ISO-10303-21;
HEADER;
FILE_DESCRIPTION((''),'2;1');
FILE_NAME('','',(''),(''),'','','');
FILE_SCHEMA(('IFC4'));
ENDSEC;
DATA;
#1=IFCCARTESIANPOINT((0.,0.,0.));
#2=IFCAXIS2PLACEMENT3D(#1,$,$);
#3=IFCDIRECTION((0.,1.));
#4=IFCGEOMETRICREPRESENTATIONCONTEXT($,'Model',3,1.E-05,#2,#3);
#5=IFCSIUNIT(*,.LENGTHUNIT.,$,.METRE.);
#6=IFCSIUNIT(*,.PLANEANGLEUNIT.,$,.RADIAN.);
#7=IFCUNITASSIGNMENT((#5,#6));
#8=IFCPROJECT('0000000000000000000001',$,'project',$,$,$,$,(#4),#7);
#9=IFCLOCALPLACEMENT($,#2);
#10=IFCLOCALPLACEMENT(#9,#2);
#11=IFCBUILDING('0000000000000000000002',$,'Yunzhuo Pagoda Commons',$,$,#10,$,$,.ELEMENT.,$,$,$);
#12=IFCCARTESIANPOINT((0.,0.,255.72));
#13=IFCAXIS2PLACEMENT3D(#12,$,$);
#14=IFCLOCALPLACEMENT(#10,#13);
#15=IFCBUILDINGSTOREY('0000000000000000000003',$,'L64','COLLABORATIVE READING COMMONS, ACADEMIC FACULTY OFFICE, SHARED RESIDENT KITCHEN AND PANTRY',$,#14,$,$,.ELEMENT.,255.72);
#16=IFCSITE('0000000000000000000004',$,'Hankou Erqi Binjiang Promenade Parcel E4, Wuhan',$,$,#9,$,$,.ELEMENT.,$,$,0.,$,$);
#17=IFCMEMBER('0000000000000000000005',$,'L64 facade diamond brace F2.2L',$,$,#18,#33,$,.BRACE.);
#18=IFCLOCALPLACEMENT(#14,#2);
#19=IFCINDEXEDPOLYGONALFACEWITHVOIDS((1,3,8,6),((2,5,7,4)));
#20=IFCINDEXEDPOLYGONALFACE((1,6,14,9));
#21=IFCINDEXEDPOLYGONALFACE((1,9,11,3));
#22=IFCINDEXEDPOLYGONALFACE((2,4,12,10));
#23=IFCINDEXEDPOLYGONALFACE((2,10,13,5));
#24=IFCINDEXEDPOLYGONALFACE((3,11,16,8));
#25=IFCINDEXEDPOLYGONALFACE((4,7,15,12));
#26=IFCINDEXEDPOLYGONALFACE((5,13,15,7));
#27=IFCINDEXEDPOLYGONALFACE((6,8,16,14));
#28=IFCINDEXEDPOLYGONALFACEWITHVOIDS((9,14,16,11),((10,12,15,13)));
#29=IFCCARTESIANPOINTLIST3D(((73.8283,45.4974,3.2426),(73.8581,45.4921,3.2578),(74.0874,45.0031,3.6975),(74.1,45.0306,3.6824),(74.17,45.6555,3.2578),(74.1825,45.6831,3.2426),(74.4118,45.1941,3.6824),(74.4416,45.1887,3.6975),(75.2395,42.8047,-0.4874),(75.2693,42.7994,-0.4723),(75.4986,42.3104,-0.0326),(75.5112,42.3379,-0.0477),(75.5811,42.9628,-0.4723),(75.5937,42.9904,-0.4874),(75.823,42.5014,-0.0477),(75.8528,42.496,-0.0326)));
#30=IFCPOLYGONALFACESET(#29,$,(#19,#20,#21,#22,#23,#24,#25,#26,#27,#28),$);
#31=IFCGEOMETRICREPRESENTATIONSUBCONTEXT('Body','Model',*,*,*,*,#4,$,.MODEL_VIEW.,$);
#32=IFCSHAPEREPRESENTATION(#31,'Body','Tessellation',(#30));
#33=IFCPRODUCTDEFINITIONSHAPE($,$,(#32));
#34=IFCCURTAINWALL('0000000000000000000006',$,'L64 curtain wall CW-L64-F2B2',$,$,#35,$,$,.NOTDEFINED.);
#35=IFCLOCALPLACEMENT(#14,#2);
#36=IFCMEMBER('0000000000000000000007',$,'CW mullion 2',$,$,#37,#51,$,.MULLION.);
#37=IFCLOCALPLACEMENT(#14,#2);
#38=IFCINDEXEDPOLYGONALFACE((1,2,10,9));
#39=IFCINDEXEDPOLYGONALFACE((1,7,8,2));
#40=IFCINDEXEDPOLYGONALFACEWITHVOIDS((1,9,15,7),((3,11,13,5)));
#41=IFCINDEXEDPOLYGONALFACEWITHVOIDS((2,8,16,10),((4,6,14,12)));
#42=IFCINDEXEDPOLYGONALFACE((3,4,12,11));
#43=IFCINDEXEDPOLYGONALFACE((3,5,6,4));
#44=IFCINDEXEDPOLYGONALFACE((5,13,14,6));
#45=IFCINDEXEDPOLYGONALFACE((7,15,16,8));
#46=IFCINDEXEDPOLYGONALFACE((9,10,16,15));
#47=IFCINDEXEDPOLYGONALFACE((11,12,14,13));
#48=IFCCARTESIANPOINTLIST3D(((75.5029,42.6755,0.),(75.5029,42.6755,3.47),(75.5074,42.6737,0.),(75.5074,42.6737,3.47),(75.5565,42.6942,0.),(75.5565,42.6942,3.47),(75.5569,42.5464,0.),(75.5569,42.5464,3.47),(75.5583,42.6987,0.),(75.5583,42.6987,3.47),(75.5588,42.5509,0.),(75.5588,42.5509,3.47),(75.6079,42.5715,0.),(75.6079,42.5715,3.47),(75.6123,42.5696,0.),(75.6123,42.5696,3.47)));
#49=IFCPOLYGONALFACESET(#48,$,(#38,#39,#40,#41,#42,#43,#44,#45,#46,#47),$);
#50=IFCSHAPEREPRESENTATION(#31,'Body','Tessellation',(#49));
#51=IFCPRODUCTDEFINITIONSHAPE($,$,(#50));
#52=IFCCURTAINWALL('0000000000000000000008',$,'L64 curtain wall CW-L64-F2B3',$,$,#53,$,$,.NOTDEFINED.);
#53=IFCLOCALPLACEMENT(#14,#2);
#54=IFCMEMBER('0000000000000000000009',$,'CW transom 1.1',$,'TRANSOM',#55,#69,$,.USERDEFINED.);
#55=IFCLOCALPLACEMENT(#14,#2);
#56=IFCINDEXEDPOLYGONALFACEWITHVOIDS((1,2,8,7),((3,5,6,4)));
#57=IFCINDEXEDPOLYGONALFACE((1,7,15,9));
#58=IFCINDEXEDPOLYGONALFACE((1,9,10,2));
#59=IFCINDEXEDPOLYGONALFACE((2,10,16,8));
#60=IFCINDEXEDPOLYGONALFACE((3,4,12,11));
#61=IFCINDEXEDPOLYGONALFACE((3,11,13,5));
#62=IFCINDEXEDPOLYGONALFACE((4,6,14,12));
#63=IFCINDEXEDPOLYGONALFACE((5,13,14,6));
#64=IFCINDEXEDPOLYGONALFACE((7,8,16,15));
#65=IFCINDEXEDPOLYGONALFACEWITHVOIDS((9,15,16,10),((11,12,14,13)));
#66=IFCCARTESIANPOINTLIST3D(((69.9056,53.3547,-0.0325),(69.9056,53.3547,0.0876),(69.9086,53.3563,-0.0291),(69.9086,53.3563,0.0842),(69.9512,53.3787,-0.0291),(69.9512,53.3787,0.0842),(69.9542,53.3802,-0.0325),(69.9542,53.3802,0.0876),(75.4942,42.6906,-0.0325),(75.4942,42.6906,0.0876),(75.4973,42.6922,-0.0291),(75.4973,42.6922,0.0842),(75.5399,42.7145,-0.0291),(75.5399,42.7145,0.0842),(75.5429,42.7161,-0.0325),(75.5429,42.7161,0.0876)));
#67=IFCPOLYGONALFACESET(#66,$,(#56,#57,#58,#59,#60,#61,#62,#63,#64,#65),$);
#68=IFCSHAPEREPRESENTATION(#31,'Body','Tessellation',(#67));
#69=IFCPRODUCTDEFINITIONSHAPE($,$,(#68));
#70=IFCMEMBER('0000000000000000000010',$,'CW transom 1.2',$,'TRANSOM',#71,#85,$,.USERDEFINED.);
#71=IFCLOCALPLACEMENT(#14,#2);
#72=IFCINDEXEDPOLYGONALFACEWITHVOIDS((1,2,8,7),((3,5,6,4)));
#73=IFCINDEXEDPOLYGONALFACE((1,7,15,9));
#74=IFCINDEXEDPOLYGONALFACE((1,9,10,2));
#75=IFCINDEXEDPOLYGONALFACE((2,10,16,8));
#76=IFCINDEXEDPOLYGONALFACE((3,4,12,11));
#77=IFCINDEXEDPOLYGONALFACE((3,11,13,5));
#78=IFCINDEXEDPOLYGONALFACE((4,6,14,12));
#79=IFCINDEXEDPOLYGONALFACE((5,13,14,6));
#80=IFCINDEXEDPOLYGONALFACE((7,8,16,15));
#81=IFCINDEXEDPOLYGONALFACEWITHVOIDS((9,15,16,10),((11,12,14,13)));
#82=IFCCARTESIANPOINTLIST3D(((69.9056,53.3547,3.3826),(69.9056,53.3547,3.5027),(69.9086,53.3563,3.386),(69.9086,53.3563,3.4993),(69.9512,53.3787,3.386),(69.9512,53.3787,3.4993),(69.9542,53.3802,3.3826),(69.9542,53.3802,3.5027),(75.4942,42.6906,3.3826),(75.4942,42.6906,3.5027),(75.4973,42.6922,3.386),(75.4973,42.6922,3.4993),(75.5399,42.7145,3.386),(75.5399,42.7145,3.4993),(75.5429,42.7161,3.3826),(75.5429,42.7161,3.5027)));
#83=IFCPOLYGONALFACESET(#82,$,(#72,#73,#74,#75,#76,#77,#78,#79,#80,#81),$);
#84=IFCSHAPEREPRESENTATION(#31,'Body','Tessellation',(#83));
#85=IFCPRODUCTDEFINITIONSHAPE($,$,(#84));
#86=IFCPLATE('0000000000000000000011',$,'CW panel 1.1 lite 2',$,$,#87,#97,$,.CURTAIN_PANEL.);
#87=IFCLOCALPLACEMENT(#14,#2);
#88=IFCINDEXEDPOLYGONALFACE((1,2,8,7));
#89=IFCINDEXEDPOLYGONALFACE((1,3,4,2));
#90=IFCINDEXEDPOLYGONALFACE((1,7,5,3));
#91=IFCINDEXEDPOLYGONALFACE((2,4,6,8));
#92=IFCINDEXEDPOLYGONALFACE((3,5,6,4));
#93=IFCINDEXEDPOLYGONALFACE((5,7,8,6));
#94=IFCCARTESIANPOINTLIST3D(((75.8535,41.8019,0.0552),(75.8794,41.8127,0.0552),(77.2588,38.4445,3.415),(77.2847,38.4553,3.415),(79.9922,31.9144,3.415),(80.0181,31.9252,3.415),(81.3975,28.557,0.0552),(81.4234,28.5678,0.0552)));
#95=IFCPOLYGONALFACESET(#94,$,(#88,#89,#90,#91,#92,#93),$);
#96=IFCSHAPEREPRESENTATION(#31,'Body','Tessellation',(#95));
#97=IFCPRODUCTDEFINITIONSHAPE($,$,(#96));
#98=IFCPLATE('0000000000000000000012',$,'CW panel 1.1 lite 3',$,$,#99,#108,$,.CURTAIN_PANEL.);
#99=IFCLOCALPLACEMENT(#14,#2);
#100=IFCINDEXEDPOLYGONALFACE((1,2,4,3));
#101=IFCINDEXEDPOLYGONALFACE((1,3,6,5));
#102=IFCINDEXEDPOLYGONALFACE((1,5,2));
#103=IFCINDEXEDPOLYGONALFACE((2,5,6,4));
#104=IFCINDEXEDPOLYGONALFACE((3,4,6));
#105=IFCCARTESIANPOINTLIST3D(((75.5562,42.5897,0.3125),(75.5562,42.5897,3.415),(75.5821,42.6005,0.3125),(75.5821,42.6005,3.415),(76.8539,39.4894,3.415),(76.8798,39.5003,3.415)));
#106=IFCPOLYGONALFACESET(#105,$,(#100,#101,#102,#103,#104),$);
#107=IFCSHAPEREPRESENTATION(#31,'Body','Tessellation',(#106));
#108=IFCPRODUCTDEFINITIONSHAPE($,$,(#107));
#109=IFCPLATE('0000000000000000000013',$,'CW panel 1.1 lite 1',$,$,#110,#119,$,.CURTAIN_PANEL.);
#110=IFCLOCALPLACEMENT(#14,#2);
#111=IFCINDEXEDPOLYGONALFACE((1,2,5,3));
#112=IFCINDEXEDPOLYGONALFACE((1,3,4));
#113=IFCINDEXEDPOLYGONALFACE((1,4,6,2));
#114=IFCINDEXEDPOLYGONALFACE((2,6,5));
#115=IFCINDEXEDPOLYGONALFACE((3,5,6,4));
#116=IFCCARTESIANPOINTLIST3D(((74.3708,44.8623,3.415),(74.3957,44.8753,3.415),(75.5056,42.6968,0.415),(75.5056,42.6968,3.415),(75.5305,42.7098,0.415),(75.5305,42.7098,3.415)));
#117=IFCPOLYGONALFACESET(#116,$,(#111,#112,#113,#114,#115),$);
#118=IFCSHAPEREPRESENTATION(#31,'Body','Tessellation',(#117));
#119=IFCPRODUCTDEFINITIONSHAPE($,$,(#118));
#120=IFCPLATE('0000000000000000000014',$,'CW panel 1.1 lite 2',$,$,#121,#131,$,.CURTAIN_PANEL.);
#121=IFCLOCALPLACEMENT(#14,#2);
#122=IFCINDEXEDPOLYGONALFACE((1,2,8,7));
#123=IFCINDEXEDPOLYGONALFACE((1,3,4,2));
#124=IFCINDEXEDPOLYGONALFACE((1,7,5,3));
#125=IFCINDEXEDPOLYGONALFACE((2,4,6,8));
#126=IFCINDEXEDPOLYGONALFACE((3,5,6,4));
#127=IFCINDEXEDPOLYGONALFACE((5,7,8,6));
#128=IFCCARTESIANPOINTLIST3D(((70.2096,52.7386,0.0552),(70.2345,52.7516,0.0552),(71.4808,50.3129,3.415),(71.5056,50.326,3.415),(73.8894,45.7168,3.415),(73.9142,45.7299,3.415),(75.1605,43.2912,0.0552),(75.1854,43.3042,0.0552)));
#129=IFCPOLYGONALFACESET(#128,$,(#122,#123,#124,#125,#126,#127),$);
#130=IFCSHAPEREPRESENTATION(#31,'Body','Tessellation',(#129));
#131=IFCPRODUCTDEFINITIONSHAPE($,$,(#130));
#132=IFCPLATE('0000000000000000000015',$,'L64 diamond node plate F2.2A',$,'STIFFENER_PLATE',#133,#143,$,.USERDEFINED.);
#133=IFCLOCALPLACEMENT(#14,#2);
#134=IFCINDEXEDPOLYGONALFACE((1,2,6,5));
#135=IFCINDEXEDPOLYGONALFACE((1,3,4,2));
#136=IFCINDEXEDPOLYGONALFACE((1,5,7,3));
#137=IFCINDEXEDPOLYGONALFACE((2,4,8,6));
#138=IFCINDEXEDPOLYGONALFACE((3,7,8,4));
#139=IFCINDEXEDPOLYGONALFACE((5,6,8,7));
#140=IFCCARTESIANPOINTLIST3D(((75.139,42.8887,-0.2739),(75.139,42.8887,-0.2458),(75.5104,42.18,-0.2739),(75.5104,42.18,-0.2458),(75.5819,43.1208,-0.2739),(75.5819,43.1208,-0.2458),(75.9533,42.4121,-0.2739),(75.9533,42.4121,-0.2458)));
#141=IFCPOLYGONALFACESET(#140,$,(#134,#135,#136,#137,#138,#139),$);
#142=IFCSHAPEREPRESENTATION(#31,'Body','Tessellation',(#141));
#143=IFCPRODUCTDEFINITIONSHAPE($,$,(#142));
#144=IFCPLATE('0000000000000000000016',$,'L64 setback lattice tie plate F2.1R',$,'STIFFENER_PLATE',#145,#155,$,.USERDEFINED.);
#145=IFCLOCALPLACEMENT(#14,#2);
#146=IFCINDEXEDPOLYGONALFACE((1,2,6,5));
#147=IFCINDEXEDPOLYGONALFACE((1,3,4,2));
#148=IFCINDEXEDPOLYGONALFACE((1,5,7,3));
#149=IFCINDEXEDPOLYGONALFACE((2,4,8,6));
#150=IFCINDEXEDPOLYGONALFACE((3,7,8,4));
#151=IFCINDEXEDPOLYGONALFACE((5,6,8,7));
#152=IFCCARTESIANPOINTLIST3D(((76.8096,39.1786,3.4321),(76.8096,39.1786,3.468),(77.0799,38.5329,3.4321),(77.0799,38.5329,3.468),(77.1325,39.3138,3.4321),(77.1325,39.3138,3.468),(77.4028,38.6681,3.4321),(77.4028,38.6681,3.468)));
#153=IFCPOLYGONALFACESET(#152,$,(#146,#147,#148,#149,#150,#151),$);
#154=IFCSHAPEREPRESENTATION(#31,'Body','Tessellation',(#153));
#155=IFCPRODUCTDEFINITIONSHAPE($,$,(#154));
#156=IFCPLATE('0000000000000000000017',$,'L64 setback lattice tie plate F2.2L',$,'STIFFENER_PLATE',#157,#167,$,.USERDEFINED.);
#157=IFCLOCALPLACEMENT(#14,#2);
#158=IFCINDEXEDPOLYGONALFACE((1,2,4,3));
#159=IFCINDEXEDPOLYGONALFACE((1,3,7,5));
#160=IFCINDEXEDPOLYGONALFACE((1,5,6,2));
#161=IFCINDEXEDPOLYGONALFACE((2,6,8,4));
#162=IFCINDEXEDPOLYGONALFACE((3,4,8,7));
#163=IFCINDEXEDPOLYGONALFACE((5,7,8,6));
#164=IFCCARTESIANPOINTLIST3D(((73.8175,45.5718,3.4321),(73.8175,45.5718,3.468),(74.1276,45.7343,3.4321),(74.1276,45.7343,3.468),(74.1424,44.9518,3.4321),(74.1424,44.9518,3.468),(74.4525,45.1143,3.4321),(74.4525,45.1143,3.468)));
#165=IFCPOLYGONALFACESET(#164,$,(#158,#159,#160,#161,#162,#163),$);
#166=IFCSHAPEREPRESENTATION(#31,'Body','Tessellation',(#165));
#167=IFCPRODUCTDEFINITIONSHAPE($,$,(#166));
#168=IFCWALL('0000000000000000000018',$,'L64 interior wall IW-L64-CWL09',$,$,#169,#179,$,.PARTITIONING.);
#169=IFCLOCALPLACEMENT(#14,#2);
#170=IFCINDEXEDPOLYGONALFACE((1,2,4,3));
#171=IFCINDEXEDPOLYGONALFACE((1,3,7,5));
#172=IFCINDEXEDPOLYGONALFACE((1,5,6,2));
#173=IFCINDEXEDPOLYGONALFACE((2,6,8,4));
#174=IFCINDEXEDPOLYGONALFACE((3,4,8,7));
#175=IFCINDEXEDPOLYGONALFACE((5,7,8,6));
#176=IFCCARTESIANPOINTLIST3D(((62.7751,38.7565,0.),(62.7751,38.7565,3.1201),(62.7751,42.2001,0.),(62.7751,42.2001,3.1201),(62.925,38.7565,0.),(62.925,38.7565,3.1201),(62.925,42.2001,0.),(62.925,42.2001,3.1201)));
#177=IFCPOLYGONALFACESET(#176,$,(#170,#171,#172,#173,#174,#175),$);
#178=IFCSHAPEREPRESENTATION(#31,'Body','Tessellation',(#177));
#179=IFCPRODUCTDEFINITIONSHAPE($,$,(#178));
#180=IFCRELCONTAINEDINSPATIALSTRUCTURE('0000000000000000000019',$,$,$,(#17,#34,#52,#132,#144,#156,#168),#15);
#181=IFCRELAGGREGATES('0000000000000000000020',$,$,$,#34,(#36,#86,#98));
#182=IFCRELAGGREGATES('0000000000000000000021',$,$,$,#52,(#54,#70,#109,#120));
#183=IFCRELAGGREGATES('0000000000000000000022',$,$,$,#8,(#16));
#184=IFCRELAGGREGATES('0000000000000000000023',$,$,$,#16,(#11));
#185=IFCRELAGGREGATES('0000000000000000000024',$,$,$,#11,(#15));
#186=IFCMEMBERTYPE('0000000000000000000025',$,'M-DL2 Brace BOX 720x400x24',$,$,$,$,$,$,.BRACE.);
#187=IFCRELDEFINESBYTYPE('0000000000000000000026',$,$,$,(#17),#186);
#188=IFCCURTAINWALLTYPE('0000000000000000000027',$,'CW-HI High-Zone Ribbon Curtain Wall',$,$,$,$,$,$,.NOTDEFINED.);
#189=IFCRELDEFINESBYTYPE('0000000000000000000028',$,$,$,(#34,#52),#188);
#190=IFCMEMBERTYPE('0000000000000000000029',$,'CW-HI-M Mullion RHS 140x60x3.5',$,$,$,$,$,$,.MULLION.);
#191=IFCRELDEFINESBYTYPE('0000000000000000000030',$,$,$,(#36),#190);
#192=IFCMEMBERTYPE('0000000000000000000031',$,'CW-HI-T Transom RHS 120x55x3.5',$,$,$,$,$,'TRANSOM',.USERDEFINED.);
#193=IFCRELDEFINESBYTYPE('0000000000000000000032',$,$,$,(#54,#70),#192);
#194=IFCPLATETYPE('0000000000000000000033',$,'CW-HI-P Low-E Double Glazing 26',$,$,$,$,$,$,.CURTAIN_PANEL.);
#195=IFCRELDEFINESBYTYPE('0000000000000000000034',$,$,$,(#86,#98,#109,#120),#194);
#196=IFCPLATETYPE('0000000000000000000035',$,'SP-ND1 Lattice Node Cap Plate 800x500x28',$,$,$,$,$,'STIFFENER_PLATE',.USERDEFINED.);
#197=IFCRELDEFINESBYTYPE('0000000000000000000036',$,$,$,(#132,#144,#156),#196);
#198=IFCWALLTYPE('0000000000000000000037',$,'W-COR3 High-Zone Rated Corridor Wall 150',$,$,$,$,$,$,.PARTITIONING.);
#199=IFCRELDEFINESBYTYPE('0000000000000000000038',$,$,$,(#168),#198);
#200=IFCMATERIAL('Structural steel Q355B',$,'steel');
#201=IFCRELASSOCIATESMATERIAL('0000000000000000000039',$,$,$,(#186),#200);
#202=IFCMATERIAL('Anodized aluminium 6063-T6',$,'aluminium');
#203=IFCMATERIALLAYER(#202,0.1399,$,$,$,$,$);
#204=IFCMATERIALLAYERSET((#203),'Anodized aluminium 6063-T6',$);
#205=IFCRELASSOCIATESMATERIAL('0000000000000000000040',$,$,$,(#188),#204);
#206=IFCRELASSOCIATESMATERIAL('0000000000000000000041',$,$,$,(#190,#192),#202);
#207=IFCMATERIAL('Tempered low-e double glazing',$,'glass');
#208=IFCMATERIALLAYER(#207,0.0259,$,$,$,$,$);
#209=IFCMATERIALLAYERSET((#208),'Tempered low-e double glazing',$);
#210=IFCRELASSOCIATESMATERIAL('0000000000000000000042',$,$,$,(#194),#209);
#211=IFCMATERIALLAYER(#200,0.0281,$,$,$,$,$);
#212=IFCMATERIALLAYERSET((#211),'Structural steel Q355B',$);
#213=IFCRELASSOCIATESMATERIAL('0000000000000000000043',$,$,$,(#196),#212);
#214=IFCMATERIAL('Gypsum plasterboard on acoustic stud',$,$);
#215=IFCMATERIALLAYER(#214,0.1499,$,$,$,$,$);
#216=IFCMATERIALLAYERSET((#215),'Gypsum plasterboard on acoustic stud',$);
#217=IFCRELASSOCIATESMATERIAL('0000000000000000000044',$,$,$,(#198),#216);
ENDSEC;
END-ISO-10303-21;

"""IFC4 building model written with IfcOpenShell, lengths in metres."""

from ifc_helpers import new_model, si_unit, direction, frame, frame_2d, origin, origin_2d, place, context, subcontext, project, spatial, polyline, rectangle, hollow_rectangle, outline, extrude, source, transform, mapped, material, layer, layer_set, material_profile, profile_set, type_object, element, aggregate, save


model = new_model("IFC4")

# Units and contexts
model_context = context("Model", 3, precision=1e-05, world=origin(), true_north=direction((0.0, 1.0)))
body_context = subcontext(model_context, "Body", "Model", "MODEL_VIEW")
ifc_project = project(units=[si_unit("LENGTHUNIT", "METRE"), si_unit("PLANEANGLEUNIT", "RADIAN")], contexts=[model_context])

# Site, building, storey
site_placement = place(None, origin())
site = spatial("IfcSite", under=ifc_project, at=site_placement, Name="Hankou Erqi Binjiang Promenade Parcel E4, Wuhan", CompositionType="ELEMENT", RefElevation=0.0)
building_placement = place(site_placement, origin())
building = spatial("IfcBuilding", under=site, at=building_placement, Name="Yunzhuo Pagoda Commons", CompositionType="ELEMENT")
storey_placement = place(building_placement, frame((0.0, 0.0, 255.72)))
storey = spatial("IfcBuildingStorey", under=building, at=storey_placement, Name="L64", Description="COLLABORATIVE READING COMMONS, ACADEMIC FACULTY OFFICE, SHARED RESIDENT KITCHEN AND PANTRY", CompositionType="ELEMENT", Elevation=255.72)

# Shared definitions
ifc_material_1 = material(Name="Structural steel Q355B", Category="steel")

# Member
ifc_material_profile_1 = material_profile(ifc_material_1, hollow_rectangle(XDim=0.3999, YDim=0.72, WallThickness=0.0239, at=origin_2d()), Name="Structural steel Q355B")
ifc_profile_set_1 = profile_set([ifc_material_profile_1], Name="Structural steel Q355B")
member_type_1 = type_object("IfcMemberType", Name="M-DL2 Brace BOX 720x400x24", PredefinedType="BRACE", material=ifc_profile_set_1)
shared_shape_1 = source(origin(), body_context, "Body", "SweptSolid", [
    extrude(hollow_rectangle(XDim=0.3999, YDim=0.72, WallThickness=0.0239, at=origin_2d()), origin(), (0.0, 0.0, 1.0), 4.812),
])
member_1_placement = place(storey_placement, frame((75.5461, 42.6504, -0.26), z_axis=(-0.29326, 0.559578, 0.775159), x_axis=(-0.885736, -0.46419, 0.0)))
element("IfcMember", 1, at=member_1_placement, inside=storey, type_object=member_type_1, Name="L64 facade diamond brace F2.2L", PredefinedType="BRACE", context=body_context, shape_type="MappedRepresentation", body=[
    mapped(shared_shape_1, transform((0.0, 0.0, 0.0), scale=1.0)),
])

# Curtain wall, member
ifc_material_2 = material(Name="Anodized aluminium 6063-T6", Category="aluminium")
ifc_layer_1 = layer(ifc_material_2, 0.1399)
ifc_layer_set_1 = layer_set([ifc_layer_1], Name="Anodized aluminium 6063-T6")
curtain_wall_type = type_object("IfcCurtainWallType", Name="CW-HI High-Zone Ribbon Curtain Wall", PredefinedType="NOTDEFINED", material=ifc_layer_set_1)
curtain_wall_1_placement = place(storey_placement, origin())
curtain_wall_1 = element("IfcCurtainWall", 2, at=curtain_wall_1_placement, inside=storey, type_object=curtain_wall_type, Name="L64 curtain wall CW-L64-F2B2", PredefinedType="NOTDEFINED")
ifc_material_profile_2 = material_profile(ifc_material_2, hollow_rectangle(XDim=0.0601, YDim=0.1399, WallThickness=0.0034, at=origin_2d()), Name="Anodized aluminium 6063-T6")
ifc_profile_set_2 = profile_set([ifc_material_profile_2], Name="Anodized aluminium 6063-T6")
member_type_2 = type_object("IfcMemberType", Name="CW-HI-M Mullion RHS 140x60x3.5", PredefinedType="MULLION", material=ifc_profile_set_2)
shared_shape_2 = source(origin(), body_context, "Body", "SweptSolid", [
    extrude(hollow_rectangle(XDim=0.0601, YDim=0.1399, WallThickness=0.0034, at=origin_2d()), origin(), (0.0, 0.0, 1.0), 3.47),
])
member_2_placement = place(storey_placement, frame((75.5576, 42.6226, 0.0), z_axis=(0.0, 0.0, 1.0), x_axis=(-0.922451, -0.386115, 0.0)))
member_2 = element("IfcMember", 3, at=member_2_placement, type_object=member_type_2, Name="CW mullion 2", PredefinedType="MULLION", context=body_context, shape_type="MappedRepresentation", body=[
    mapped(shared_shape_2, transform((0.0, 0.0, 0.0), scale=1.0)),
])

# Curtain wall, members
curtain_wall_2_placement = place(storey_placement, origin())
curtain_wall_2 = element("IfcCurtainWall", 4, at=curtain_wall_2_placement, inside=storey, type_object=curtain_wall_type, Name="L64 curtain wall CW-L64-F2B3", PredefinedType="NOTDEFINED")
ifc_material_profile_3 = material_profile(ifc_material_2, hollow_rectangle(XDim=0.0549, YDim=0.1201, WallThickness=0.0034, at=origin_2d()), Name="Anodized aluminium 6063-T6")
ifc_profile_set_3 = profile_set([ifc_material_profile_3], Name="Anodized aluminium 6063-T6")
member_type_3 = type_object("IfcMemberType", Name="CW-HI-T Transom RHS 120x55x3.5", ElementType="TRANSOM", PredefinedType="USERDEFINED", material=ifc_profile_set_3)
shared_shape_3 = source(origin(), body_context, "Body", "SweptSolid", [
    extrude(hollow_rectangle(XDim=0.0549, YDim=0.1201, WallThickness=0.0034, at=origin_2d()), origin(), (0.0, 0.0, 1.0), 12.0398),
])
member_3_placement = place(storey_placement, frame((75.5186, 42.7034, 0.0276), z_axis=(-0.464182, 0.88574, 0.0), x_axis=(-0.88574, -0.464182, 0.0)))
member_3 = element("IfcMember", 5, at=member_3_placement, type_object=member_type_3, Name="CW transom 1.1", ObjectType="TRANSOM", PredefinedType="USERDEFINED", context=body_context, shape_type="MappedRepresentation", body=[
    mapped(shared_shape_3, transform((0.0, 0.0, 0.0), scale=1.0)),
])
member_4_placement = place(storey_placement, frame((75.5186, 42.7034, 3.4426), z_axis=(-0.464182, 0.88574, 0.0), x_axis=(-0.88574, -0.464182, 0.0)))
member_4 = element("IfcMember", 6, at=member_4_placement, type_object=member_type_3, Name="CW transom 1.2", ObjectType="TRANSOM", PredefinedType="USERDEFINED", context=body_context, shape_type="MappedRepresentation", body=[
    mapped(shared_shape_3, transform((0.0, 0.0, 0.0), scale=1.0)),
])

# Plates
ifc_material_3 = material(Name="Tempered low-e double glazing", Category="glass")
ifc_layer_2 = layer(ifc_material_3, 0.0259)
ifc_layer_set_2 = layer_set([ifc_layer_2], Name="Tempered low-e double glazing")
plate_type_1 = type_object("IfcPlateType", Name="CW-HI-P Low-E Double Glazing 26", PredefinedType="CURTAIN_PANEL", material=ifc_layer_set_2)
plate_1_placement = place(storey_placement, frame((78.6255, 35.1794, 1.7351), z_axis=(0.922451, 0.386115, 0.0), x_axis=(-0.386115, 0.922451, 0.0)))
plate_1 = element("IfcPlate", 7, at=plate_1_placement, type_object=plate_type_1, Name="CW panel 1.1 lite 2", PredefinedType="CURTAIN_PANEL", context=body_context, shape_type="SweptSolid", body=[
    extrude(outline(polyline([(-7.1792, -1.6799), (7.1792, -1.6799), (3.5396, 1.6799), (-3.5396, 1.6799), (-7.1792, -1.6799)])), origin(), (0.0, 0.0, 1.0), 0.0281),
])
plate_2_placement = place(storey_placement, frame((76.2051, 41.0396, 1.8638), z_axis=(0.922451, 0.386115, 0.0), x_axis=(-0.386115, 0.922451, 0.0)))
plate_2 = element("IfcPlate", 8, at=plate_2_placement, type_object=plate_type_1, Name="CW panel 1.1 lite 3", PredefinedType="CURTAIN_PANEL", context=body_context, shape_type="SweptSolid", body=[
    extrude(outline(polyline([(-1.6804, 1.5513), (1.6804, -1.5513), (1.6804, 1.5513), (-1.6804, 1.5513)])), origin(), (0.0, 0.0, 1.0), 0.0281),
])
aggregate(curtain_wall_1, [member_2, plate_1, plate_2])
plate_3_placement = place(storey_placement, frame((74.9382, 43.7795, 1.915), z_axis=(0.885743, 0.464176, 0.0), x_axis=(-0.464176, 0.885743, 0.0)))
plate_3 = element("IfcPlate", 9, at=plate_3_placement, type_object=plate_type_1, Name="CW panel 1.1 lite 1", PredefinedType="CURTAIN_PANEL", context=body_context, shape_type="SweptSolid", body=[
    extrude(outline(polyline([(-1.2224, -1.5), (1.2224, 1.5), (-1.2224, 1.5), (-1.2224, -1.5)])), origin(), (0.0, 0.0, 1.0), 0.0281),
])
plate_4_placement = place(storey_placement, frame((72.6851, 48.0149, 1.7351), z_axis=(0.885743, 0.464176, 0.0), x_axis=(-0.464176, 0.885743, 0.0)))
plate_4 = element("IfcPlate", 10, at=plate_4_placement, type_object=plate_type_1, Name="CW panel 1.1 lite 2", PredefinedType="CURTAIN_PANEL", context=body_context, shape_type="SweptSolid", body=[
    extrude(outline(polyline([(-5.333, -1.6799), (5.333, -1.6799), (2.5945, 1.6799), (-2.5945, 1.6799), (-5.333, -1.6799)])), origin(), (0.0, 0.0, 1.0), 0.0281),
])
aggregate(curtain_wall_2, [member_3, member_4, plate_3, plate_4])

# Plates
ifc_layer_3 = layer(ifc_material_1, 0.0281)
ifc_layer_set_3 = layer_set([ifc_layer_3], Name="Structural steel Q355B")
plate_type_2 = type_object("IfcPlateType", Name="SP-ND1 Lattice Node Cap Plate 800x500x28", ElementType="STIFFENER_PLATE", PredefinedType="USERDEFINED", material=ifc_layer_set_3)
shared_shape_4 = source(origin(), body_context, "Body", "SweptSolid", [
    extrude(rectangle(XDim=0.8, YDim=0.5, at=origin_2d()), origin(), (0.0, 0.0, 1.0), 0.0281),
])
plate_5_placement = place(storey_placement, frame((75.5461, 42.6504, -0.2739), z_axis=(0.0, 0.0, 1.0), x_axis=(-0.464177, 0.885742, 0.0)))
element("IfcPlate", 11, at=plate_5_placement, inside=storey, type_object=plate_type_2, Name="L64 diamond node plate F2.2A", ObjectType="STIFFENER_PLATE", PredefinedType="USERDEFINED", context=body_context, shape_type="MappedRepresentation", body=[
    mapped(shared_shape_4, transform((0.0, 0.0, 0.0), scale=1.0)),
])
shared_shape_5 = source(origin(), body_context, "Body", "SweptSolid", [
    extrude(rectangle(XDim=0.7, YDim=0.3501, at=origin_2d()), origin(), (0.0, 0.0, 1.0), 0.0359),
])
for number, where, z_axis, x_axis, name in (
    (12, (77.1062, 38.9233, 3.4321), (0.0, 0.0, 1.0), (-0.386115, 0.922451, 0.0), "L64 setback lattice tie plate F2.1R"),
    (13, (74.135, 45.343, 3.4321), (0.0, 0.0, 1.0), (-0.464177, 0.885742, 0.0), "L64 setback lattice tie plate F2.2L"),
):
    element("IfcPlate", number, at=place(storey_placement, frame(where, z_axis=z_axis, x_axis=x_axis)), inside=storey, type_object=plate_type_2, Name=name, ObjectType="STIFFENER_PLATE", PredefinedType="USERDEFINED", context=body_context, shape_type="MappedRepresentation", body=[
        mapped(shared_shape_5, transform((0.0, 0.0, 0.0), scale=1.0)),
    ])

# Wall
ifc_material_4 = material(Name="Gypsum plasterboard on acoustic stud")
ifc_layer_4 = layer(ifc_material_4, 0.1499)
ifc_layer_set_4 = layer_set([ifc_layer_4], Name="Gypsum plasterboard on acoustic stud")
wall_type_1 = type_object("IfcWallType", Name="W-COR3 High-Zone Rated Corridor Wall 150", PredefinedType="PARTITIONING", material=ifc_layer_set_4)
wall_1_placement = place(storey_placement, frame((62.8501, 42.2, 0.0), z_axis=(0.0, 0.0, 1.0), x_axis=(0.0, -1.0, 0.0)))
element("IfcWall", 14, at=wall_1_placement, inside=storey, type_object=wall_type_1, Name="L64 interior wall IW-L64-CWL09", PredefinedType="PARTITIONING", context=body_context, shape_type="SweptSolid", body=[
    extrude(rectangle(XDim=3.4436, YDim=0.1499, at=frame_2d((1.7217, 0.0))), origin(), (0.0, 0.0, 1.0), 3.1201),
])

save(model, "model.ifc")
